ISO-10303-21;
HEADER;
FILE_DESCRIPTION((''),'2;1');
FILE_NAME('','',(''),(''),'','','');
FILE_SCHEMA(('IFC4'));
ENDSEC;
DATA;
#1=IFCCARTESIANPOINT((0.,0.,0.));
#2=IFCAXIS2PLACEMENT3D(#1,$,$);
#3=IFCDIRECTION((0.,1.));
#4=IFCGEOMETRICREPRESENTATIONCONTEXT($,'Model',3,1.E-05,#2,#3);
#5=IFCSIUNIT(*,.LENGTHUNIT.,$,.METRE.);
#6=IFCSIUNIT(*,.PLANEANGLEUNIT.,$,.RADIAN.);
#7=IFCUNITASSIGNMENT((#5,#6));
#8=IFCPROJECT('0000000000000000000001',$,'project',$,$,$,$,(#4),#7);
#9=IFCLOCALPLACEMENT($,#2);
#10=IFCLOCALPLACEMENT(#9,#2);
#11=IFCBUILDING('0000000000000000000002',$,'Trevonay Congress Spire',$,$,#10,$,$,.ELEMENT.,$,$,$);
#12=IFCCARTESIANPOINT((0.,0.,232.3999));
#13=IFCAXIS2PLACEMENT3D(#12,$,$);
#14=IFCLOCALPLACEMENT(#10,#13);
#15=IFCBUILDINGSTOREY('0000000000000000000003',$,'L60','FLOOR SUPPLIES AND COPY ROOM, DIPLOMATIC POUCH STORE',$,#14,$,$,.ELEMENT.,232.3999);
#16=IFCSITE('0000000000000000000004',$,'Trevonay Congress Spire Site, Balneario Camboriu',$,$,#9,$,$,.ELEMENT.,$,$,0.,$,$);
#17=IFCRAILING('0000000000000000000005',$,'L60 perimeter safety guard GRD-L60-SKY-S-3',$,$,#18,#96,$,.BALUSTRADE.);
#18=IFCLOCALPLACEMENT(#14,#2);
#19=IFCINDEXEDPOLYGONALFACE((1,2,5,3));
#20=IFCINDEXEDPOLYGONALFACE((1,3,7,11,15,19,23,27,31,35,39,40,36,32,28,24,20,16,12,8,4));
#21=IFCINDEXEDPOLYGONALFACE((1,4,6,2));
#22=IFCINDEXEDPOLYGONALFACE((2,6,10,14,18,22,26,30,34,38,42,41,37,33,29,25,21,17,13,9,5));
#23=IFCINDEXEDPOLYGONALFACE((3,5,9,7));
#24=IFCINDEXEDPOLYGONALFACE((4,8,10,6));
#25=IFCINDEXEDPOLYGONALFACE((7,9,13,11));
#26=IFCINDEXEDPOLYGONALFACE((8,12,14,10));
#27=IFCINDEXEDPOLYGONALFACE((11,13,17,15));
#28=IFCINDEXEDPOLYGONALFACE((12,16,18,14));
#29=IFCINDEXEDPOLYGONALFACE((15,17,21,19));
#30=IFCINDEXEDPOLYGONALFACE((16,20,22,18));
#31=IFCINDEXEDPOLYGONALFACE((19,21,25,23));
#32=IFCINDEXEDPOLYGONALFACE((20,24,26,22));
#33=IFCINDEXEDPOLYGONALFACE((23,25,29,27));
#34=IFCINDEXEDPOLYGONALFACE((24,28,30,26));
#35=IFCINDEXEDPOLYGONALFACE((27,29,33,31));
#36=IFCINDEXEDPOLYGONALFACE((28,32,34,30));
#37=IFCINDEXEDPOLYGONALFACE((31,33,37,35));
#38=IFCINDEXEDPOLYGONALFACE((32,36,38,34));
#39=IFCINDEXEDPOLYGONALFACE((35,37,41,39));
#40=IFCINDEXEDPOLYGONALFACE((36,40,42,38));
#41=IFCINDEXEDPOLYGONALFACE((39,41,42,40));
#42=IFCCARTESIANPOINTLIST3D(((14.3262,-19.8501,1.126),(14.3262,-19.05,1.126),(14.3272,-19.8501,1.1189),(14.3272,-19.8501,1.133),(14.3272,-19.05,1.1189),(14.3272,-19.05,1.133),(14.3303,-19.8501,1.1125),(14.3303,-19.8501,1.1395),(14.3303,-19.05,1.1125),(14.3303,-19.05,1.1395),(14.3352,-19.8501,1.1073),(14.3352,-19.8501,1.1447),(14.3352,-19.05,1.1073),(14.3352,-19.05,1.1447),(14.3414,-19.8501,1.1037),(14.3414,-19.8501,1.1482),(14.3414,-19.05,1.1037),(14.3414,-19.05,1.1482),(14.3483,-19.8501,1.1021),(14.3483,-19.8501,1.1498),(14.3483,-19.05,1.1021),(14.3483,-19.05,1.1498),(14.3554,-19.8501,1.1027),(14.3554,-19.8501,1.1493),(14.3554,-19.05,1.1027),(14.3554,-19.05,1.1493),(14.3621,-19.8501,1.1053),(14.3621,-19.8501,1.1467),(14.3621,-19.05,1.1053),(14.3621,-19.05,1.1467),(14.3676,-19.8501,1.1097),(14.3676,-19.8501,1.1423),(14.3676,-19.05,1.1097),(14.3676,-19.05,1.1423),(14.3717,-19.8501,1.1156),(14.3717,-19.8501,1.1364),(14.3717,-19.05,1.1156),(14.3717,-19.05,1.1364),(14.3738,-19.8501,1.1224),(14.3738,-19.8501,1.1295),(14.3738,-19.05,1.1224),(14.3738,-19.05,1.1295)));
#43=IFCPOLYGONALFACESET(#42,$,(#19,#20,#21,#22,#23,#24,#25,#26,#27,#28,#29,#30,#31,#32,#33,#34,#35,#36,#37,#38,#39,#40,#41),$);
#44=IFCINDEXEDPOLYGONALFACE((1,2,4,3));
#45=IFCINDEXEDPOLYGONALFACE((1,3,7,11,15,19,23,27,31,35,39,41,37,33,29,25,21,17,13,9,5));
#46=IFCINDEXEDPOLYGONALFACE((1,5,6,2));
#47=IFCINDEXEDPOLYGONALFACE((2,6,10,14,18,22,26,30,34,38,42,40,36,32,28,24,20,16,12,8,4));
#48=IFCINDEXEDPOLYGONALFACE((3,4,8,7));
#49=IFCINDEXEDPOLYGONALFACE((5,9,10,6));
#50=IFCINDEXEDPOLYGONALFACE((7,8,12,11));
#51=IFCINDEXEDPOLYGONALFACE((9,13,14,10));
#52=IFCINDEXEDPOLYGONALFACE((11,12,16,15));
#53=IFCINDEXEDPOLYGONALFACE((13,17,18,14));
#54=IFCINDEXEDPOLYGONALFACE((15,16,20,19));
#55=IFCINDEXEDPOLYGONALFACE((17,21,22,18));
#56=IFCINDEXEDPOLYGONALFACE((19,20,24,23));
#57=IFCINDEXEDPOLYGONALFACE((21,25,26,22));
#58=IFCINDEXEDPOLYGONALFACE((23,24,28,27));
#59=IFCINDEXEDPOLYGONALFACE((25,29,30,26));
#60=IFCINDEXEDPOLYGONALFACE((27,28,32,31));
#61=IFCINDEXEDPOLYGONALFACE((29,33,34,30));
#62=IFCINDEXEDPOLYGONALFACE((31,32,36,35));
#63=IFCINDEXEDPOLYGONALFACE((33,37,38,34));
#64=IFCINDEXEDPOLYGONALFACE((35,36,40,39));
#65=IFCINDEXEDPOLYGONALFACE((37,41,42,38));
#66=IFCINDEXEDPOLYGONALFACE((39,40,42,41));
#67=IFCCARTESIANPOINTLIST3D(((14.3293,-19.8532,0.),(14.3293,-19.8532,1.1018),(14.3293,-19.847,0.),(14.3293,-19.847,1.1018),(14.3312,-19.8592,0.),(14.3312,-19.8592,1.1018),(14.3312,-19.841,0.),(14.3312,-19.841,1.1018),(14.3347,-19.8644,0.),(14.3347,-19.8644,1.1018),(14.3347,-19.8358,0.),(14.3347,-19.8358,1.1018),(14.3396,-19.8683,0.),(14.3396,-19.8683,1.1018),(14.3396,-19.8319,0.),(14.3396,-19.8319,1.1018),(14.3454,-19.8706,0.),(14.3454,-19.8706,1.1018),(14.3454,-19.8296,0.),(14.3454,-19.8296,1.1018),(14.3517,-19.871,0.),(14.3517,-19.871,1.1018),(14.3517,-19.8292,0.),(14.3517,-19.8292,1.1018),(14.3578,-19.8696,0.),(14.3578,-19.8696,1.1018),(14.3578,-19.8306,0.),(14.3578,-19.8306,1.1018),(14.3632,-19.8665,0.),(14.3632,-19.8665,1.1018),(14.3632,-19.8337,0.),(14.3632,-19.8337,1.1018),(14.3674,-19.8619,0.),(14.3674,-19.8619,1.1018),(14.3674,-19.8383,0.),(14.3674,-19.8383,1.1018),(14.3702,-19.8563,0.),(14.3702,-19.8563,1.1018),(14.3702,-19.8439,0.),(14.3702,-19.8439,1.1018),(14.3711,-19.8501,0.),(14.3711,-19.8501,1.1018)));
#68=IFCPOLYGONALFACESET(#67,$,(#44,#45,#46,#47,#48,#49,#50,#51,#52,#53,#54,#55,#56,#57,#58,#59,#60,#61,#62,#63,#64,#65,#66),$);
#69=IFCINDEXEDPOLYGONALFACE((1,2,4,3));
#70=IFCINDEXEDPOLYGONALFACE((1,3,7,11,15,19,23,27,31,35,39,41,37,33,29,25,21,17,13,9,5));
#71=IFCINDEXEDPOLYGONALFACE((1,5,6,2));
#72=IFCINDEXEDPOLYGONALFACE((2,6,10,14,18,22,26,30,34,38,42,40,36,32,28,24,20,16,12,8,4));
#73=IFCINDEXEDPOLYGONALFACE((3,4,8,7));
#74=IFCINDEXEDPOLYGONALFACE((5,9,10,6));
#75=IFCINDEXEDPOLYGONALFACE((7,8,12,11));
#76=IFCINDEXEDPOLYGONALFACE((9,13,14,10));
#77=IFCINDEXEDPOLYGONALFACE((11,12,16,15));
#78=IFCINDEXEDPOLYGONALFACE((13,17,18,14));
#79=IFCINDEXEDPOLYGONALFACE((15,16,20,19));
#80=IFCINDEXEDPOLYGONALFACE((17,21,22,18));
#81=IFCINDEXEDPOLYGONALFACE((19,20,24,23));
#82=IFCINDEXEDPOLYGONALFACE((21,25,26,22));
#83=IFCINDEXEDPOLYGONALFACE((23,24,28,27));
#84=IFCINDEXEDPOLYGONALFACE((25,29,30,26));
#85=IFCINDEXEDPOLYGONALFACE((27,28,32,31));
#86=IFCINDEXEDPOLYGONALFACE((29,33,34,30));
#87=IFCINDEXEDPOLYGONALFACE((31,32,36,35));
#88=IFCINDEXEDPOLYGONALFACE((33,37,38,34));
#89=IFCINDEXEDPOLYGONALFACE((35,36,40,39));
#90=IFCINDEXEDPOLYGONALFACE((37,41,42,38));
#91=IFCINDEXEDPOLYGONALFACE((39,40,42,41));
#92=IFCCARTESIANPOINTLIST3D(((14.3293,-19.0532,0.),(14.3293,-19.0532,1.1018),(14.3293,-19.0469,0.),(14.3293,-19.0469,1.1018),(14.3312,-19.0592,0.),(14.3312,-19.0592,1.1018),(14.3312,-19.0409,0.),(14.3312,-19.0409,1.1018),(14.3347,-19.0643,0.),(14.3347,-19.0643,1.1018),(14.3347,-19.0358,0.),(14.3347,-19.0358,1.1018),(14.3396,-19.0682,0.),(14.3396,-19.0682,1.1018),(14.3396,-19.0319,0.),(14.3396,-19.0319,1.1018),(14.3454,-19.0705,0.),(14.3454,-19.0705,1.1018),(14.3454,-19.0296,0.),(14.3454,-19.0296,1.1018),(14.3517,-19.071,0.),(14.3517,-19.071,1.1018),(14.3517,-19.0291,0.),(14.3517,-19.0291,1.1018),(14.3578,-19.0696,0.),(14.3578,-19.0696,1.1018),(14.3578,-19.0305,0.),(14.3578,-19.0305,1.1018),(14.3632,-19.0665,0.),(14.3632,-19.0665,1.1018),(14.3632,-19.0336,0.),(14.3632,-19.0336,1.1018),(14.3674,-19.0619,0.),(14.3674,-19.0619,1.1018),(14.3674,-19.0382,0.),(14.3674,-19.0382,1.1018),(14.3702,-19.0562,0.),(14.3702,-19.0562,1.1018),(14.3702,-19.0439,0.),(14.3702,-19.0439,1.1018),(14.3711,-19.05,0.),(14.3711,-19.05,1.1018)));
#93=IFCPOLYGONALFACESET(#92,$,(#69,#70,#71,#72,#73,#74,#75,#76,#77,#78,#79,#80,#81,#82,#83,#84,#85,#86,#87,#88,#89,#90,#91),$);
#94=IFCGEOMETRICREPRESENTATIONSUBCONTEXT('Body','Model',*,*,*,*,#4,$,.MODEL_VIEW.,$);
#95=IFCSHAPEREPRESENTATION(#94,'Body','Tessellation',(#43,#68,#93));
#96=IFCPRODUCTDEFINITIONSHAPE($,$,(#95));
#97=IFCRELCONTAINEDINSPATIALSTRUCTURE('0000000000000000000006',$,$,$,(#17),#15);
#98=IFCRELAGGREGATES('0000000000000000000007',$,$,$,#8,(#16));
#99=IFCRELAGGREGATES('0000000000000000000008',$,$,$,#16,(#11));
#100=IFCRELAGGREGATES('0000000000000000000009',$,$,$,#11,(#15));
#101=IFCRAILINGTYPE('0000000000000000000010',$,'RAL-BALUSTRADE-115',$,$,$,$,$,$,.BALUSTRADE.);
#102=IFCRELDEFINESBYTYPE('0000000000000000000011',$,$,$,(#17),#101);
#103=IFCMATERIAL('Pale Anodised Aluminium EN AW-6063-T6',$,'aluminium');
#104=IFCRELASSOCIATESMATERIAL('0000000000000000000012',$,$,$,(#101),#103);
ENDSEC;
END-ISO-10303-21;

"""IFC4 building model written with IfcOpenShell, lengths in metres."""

from ifc_helpers import new_model, si_unit, direction, frame, origin, origin_2d, place, context, subcontext, project, spatial, circle, extrude, material, type_object, element, save


model = new_model("IFC4")

# Units and contexts
model_context = context("Model", 3, precision=1e-05, world=origin(), true_north=direction((0.0, 1.0)))
body_context = subcontext(model_context, "Body", "Model", "MODEL_VIEW")
ifc_project = project(units=[si_unit("LENGTHUNIT", "METRE"), si_unit("PLANEANGLEUNIT", "RADIAN")], contexts=[model_context])

# Site, building, storey
site_placement = place(None, origin())
site = spatial("IfcSite", under=ifc_project, at=site_placement, Name="Trevonay Congress Spire Site, Balneario Camboriu", CompositionType="ELEMENT", RefElevation=0.0)
building_placement = place(site_placement, origin())
building = spatial("IfcBuilding", under=site, at=building_placement, Name="Trevonay Congress Spire", CompositionType="ELEMENT")
storey_placement = place(building_placement, frame((0.0, 0.0, 232.3999)))
storey = spatial("IfcBuildingStorey", under=building, at=storey_placement, Name="L60", Description="FLOOR SUPPLIES AND COPY ROOM, DIPLOMATIC POUCH STORE", CompositionType="ELEMENT", Elevation=232.3999)

# Shared definitions
ifc_material_1 = material(Name="Pale Anodised Aluminium EN AW-6063-T6", Category="aluminium")

# Railing
railing_type = type_object("IfcRailingType", Name="RAL-BALUSTRADE-115", PredefinedType="BALUSTRADE", material=ifc_material_1)
railing_placement = place(storey_placement, frame((14.3501, -19.8501, 0.0)))
element("IfcRailing", 1, at=railing_placement, inside=storey, type_object=railing_type, Name="L60 perimeter safety guard GRD-L60-SKY-S-3", PredefinedType="BALUSTRADE", context=body_context, shape_type="SweptSolid", body=[
    extrude(circle(Radius=0.0239, at=origin_2d()), frame((0.0, 0.0, 1.126), z_axis=(0.0, 1.0, 0.0), x_axis=(-1.0, 0.0, 0.0)), (0.0, 0.0, 1.0), 0.8),
    extrude(circle(Radius=0.021, at=origin_2d()), origin(), (0.0, 0.0, 1.0), 1.1018),
    extrude(circle(Radius=0.021, at=origin_2d()), frame((0.0, 0.8, 0.0)), (0.0, 0.0, 1.0), 1.1018),
])

save(model, "model.ifc")
